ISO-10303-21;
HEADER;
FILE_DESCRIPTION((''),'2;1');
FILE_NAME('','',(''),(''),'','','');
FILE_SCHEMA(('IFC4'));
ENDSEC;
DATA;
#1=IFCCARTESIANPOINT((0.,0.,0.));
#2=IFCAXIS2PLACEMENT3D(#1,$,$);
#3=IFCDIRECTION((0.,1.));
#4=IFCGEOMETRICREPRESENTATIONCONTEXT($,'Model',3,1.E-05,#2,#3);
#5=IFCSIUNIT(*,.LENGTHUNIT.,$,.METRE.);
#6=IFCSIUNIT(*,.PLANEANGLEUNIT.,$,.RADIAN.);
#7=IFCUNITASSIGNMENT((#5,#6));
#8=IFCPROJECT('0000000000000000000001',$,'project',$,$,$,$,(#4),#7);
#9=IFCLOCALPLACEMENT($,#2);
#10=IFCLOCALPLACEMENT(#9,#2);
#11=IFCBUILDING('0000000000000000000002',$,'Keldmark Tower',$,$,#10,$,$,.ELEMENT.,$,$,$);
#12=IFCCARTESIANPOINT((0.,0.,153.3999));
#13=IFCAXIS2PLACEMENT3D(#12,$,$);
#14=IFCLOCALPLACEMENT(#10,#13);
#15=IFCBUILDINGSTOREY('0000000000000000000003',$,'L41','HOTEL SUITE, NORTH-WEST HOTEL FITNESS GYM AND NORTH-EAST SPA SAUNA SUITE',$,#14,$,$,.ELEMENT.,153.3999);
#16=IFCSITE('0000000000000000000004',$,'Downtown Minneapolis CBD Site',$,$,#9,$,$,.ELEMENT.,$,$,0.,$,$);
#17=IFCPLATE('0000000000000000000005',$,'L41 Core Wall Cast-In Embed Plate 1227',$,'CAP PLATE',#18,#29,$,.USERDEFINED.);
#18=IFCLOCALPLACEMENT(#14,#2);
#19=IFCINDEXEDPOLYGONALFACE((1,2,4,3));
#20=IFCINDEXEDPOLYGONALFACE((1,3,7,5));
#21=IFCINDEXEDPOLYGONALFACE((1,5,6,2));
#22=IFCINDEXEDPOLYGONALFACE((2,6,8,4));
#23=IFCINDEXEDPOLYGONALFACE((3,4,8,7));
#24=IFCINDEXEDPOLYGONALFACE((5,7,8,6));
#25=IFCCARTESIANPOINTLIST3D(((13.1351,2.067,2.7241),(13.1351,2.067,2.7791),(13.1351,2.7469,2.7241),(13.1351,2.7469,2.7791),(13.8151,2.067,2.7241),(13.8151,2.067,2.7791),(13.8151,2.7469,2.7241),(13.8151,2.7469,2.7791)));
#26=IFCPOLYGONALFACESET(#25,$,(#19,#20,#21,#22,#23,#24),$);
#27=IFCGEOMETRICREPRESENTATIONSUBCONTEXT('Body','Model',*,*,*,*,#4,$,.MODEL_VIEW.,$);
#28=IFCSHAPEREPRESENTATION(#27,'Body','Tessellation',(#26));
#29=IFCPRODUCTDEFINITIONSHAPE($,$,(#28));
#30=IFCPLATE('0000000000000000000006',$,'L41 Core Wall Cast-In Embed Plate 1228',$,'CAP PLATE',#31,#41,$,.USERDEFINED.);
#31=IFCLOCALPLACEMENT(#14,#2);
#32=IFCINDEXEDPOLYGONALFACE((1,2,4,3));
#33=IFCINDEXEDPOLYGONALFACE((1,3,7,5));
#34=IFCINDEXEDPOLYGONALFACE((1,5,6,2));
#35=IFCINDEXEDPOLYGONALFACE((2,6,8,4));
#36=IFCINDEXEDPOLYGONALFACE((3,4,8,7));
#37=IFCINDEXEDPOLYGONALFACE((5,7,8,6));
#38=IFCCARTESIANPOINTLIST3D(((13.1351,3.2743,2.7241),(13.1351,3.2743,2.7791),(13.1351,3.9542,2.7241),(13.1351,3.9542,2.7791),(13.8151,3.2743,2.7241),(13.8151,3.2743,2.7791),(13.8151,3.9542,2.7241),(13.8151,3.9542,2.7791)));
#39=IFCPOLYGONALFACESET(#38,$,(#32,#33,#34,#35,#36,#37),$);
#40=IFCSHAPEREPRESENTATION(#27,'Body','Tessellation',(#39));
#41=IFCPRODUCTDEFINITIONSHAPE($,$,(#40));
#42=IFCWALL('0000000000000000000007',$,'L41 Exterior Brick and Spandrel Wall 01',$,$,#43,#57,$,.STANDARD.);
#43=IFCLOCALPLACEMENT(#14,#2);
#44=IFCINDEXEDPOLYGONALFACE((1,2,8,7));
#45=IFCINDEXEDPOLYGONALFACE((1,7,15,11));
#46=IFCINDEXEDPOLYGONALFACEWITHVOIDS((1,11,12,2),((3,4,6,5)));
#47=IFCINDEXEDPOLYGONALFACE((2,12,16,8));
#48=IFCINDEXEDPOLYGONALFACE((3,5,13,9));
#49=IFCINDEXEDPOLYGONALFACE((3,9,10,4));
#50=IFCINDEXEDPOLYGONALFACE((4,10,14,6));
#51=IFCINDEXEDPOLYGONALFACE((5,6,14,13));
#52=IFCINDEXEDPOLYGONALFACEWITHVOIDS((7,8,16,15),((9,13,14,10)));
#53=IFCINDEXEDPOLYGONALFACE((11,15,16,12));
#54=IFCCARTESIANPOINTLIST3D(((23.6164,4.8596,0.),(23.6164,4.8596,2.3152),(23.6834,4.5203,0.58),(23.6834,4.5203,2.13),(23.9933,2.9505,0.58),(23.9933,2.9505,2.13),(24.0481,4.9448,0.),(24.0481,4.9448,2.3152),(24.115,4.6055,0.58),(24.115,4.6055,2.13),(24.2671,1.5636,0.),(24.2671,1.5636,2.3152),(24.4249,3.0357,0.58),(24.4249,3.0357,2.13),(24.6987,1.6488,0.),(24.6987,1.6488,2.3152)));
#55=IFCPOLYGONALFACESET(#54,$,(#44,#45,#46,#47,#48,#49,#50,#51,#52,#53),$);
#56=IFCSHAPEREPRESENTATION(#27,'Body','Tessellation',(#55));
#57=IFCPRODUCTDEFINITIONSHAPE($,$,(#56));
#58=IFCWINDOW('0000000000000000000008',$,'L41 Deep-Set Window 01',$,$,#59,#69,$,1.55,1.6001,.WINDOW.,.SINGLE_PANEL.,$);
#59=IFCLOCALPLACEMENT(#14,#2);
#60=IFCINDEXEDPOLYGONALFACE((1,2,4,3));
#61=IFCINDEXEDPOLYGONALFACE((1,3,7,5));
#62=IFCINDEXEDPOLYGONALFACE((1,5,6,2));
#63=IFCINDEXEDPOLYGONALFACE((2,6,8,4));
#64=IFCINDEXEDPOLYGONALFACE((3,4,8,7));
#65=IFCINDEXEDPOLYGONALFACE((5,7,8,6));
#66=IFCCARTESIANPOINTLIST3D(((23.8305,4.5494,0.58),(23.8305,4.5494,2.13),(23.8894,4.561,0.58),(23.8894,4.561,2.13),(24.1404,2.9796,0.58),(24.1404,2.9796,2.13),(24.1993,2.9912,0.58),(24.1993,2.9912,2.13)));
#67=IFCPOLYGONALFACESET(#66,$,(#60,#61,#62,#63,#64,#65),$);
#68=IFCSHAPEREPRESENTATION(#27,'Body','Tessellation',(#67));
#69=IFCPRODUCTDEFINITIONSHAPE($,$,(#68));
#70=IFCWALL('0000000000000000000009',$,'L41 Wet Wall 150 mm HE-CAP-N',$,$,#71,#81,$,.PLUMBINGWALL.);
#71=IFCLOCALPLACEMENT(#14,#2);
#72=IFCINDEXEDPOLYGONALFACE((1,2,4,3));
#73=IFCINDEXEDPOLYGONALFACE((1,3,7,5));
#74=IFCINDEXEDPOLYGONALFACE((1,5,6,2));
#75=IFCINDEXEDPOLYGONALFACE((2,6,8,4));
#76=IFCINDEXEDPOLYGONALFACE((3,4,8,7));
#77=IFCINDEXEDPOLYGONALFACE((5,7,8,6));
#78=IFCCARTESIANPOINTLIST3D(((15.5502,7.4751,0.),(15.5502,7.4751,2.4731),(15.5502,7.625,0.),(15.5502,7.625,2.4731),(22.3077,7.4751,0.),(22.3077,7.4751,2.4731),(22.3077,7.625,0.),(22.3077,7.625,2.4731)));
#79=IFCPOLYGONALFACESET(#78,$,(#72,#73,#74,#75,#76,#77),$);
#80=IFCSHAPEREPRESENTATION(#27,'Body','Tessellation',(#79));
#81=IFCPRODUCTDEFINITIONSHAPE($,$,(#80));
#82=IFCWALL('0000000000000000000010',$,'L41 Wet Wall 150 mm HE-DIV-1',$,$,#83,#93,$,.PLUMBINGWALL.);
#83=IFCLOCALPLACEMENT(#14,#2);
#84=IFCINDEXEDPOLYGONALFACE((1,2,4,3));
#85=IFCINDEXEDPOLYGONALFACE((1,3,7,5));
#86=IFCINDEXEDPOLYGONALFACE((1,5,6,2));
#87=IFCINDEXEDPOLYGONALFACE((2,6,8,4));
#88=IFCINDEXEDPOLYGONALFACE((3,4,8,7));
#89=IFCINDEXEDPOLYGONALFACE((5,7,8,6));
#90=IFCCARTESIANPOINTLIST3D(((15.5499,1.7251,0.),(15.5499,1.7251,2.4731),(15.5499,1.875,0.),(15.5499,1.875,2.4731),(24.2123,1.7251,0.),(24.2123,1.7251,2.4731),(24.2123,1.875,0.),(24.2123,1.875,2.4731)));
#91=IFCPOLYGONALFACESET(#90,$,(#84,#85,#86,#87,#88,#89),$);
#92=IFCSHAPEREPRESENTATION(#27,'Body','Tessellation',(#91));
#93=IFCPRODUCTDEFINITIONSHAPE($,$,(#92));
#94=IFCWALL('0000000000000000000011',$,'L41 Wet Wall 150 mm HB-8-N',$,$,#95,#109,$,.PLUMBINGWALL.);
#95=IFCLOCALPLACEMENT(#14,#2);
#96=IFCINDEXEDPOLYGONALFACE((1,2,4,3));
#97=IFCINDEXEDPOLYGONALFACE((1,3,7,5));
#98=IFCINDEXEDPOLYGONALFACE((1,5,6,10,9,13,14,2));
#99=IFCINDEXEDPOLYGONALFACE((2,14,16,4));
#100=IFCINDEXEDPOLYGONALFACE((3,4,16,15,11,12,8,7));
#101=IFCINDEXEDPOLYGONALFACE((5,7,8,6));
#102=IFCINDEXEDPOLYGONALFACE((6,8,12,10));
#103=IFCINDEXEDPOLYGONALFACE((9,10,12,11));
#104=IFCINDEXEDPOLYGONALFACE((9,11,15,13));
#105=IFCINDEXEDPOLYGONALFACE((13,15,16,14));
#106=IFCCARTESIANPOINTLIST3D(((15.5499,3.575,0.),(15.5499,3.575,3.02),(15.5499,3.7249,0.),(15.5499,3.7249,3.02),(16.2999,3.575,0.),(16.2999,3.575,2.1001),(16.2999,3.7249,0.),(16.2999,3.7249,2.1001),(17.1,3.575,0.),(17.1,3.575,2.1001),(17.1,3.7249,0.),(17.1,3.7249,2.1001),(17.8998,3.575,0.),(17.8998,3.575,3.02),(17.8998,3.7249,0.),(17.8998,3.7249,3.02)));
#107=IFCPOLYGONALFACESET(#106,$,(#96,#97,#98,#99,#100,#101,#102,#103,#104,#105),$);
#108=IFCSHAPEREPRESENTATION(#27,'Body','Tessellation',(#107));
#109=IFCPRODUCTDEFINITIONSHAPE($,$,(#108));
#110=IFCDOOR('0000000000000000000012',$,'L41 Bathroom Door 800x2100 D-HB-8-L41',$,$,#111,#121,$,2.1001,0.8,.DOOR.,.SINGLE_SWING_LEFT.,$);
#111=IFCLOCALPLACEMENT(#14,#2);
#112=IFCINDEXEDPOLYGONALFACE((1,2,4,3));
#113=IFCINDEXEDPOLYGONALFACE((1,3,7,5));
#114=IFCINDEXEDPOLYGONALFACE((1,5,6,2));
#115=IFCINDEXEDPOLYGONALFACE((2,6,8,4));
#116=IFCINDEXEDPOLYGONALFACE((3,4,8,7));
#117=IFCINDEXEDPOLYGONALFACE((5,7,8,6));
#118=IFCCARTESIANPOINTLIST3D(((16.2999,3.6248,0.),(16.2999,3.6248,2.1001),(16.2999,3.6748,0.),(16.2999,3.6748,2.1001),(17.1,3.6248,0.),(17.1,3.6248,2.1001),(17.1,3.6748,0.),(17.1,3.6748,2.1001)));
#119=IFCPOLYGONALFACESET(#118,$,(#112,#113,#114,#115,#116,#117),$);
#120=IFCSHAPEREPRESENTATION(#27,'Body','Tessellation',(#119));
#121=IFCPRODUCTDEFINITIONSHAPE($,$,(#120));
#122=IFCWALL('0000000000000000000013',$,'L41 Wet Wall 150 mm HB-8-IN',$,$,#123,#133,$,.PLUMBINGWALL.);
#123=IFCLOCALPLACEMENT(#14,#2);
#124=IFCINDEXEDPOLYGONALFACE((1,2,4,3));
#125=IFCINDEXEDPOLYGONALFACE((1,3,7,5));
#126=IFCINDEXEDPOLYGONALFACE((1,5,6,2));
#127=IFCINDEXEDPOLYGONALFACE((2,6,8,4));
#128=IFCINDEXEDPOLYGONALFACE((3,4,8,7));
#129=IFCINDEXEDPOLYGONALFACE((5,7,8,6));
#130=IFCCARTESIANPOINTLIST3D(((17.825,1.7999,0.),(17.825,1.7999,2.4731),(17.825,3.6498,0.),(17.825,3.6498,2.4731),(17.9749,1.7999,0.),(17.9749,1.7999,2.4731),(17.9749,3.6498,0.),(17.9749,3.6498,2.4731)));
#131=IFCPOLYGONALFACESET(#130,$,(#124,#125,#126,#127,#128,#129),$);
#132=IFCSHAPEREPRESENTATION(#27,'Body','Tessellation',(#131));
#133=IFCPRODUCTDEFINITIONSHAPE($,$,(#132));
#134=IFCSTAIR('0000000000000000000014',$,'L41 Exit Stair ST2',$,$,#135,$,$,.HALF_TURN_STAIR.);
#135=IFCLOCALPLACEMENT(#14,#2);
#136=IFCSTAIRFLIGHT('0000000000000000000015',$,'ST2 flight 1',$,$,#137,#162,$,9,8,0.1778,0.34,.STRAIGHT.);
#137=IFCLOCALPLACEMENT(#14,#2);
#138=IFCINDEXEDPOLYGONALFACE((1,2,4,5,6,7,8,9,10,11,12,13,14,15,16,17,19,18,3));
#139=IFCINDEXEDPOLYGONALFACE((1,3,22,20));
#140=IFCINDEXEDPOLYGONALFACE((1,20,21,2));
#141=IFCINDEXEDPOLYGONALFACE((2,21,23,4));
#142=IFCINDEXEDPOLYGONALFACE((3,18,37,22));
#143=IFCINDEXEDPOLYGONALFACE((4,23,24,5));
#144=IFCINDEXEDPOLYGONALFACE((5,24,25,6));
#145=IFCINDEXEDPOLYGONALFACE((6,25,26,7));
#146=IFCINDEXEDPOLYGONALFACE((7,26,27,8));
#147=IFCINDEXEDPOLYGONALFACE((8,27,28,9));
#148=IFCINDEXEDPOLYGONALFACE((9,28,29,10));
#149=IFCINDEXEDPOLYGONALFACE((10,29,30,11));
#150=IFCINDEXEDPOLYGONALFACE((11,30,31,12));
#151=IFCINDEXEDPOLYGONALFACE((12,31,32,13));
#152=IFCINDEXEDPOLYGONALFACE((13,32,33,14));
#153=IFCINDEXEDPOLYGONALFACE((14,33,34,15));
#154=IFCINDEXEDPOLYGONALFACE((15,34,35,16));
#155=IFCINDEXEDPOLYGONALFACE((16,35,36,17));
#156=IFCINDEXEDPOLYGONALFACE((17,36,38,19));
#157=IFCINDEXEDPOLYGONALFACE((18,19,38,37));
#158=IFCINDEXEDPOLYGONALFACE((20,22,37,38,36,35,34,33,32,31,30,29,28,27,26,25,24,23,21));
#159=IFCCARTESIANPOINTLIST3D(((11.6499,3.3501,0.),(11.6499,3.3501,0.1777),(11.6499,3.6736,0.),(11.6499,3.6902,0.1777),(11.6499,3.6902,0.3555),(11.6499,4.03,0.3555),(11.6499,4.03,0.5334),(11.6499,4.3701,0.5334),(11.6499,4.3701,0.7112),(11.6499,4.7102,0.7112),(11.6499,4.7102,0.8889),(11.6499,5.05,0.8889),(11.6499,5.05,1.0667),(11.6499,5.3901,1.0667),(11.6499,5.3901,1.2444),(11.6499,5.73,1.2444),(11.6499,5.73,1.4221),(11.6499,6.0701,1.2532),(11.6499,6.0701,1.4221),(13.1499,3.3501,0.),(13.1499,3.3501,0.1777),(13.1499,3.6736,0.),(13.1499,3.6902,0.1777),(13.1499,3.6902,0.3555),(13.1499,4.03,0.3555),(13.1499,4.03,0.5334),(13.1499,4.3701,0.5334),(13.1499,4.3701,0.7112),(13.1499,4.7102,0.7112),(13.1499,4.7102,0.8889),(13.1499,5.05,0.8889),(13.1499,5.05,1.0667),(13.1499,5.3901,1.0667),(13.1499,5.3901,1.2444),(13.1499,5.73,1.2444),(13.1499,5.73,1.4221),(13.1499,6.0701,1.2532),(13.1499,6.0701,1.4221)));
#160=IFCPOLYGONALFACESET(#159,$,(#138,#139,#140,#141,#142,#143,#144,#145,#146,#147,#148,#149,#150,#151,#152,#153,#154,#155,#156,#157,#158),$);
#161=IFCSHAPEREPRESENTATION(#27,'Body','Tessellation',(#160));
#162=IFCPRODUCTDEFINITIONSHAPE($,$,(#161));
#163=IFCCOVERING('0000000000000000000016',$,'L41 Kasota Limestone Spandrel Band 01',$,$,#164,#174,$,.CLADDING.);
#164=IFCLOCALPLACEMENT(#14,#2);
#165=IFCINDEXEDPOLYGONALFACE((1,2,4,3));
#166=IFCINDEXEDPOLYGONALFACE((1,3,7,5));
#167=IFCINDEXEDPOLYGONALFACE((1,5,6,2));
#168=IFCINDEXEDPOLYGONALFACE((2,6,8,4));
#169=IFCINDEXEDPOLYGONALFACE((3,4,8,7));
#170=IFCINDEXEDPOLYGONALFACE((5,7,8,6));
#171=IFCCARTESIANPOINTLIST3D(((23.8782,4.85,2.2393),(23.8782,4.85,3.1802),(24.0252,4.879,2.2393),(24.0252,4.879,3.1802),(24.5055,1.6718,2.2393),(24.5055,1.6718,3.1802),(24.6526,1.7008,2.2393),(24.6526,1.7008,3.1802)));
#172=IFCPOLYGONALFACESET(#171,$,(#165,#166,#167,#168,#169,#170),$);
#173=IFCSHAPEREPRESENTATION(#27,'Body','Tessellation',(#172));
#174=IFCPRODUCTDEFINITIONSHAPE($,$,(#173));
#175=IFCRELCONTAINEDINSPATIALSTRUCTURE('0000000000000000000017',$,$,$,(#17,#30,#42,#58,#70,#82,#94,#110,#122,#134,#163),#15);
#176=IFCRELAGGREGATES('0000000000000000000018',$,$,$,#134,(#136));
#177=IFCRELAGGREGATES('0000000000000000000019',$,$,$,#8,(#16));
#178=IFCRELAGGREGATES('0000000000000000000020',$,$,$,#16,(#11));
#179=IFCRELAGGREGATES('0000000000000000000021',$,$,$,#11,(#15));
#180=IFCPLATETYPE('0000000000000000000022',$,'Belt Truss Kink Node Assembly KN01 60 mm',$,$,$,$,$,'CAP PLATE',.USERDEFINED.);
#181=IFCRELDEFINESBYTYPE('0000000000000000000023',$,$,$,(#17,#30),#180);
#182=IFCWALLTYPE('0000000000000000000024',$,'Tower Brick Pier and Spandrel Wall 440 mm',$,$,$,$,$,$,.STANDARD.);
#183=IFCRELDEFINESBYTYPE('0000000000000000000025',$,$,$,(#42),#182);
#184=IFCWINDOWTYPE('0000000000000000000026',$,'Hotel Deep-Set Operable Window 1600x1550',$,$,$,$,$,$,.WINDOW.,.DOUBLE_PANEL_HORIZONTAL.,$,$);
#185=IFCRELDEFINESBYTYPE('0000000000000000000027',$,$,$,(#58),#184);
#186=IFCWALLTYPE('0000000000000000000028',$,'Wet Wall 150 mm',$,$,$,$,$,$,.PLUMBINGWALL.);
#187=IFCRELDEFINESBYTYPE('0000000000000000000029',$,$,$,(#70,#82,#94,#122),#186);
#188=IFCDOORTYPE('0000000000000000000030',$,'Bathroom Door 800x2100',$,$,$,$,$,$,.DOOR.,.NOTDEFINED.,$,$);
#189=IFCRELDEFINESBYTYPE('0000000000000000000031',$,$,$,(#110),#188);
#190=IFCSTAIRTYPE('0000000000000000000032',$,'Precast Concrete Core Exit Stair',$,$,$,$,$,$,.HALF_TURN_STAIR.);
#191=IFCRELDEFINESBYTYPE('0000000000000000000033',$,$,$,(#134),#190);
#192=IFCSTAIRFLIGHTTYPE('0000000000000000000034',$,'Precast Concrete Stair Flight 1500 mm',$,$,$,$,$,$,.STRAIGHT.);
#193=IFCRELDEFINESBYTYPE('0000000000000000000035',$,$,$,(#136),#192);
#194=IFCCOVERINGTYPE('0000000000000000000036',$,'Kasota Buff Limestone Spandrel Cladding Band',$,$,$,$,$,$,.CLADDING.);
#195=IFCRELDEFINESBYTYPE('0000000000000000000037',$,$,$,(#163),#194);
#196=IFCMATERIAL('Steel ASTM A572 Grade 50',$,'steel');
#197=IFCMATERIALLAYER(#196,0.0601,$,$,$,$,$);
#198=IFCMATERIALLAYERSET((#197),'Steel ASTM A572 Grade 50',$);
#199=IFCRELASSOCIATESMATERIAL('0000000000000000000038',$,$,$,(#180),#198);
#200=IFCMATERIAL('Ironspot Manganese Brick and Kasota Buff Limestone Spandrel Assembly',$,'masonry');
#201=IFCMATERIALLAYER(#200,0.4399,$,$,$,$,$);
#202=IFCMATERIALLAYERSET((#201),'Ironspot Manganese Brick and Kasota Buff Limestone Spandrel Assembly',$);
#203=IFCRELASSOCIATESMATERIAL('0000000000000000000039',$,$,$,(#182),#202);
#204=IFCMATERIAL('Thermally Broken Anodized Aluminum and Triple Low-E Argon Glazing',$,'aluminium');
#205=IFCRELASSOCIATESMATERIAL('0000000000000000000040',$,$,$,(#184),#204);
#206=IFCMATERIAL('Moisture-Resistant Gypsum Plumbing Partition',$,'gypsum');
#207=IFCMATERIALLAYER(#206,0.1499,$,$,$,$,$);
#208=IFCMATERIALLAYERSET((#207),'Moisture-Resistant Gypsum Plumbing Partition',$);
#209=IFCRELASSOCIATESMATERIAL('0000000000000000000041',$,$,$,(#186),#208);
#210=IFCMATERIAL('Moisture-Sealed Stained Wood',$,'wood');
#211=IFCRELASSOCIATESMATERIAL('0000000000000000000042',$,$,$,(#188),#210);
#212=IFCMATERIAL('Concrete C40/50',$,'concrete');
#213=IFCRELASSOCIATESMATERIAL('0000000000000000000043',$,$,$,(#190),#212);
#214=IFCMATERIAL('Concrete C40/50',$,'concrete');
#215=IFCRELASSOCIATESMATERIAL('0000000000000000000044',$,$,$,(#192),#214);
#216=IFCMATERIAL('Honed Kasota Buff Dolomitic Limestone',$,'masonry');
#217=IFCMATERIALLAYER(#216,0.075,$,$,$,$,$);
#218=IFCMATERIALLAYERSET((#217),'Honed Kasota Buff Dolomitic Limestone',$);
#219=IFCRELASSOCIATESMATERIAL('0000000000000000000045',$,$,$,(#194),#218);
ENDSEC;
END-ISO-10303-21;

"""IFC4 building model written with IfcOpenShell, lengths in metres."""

from ifc_helpers import new_model, si_unit, direction, frame, frame_2d, origin, origin_2d, place, context, subcontext, project, spatial, polyline, rectangle, outline, extrude, material, layer, layer_set, type_object, element, fill, aggregate, save


model = new_model("IFC4")

# Units and contexts
model_context = context("Model", 3, precision=1e-05, world=origin(), true_north=direction((0.0, 1.0)))
body_context = subcontext(model_context, "Body", "Model", "MODEL_VIEW")
ifc_project = project(units=[si_unit("LENGTHUNIT", "METRE"), si_unit("PLANEANGLEUNIT", "RADIAN")], contexts=[model_context])

# Site, building, storey
site_placement = place(None, origin())
site = spatial("IfcSite", under=ifc_project, at=site_placement, Name="Downtown Minneapolis CBD Site", CompositionType="ELEMENT", RefElevation=0.0)
building_placement = place(site_placement, origin())
building = spatial("IfcBuilding", under=site, at=building_placement, Name="Keldmark Tower", CompositionType="ELEMENT")
storey_placement = place(building_placement, frame((0.0, 0.0, 153.3999)))
storey = spatial("IfcBuildingStorey", under=building, at=storey_placement, Name="L41", Description="HOTEL SUITE, NORTH-WEST HOTEL FITNESS GYM AND NORTH-EAST SPA SAUNA SUITE", CompositionType="ELEMENT", Elevation=153.3999)

# Plates
ifc_material_1 = material(Name="Steel ASTM A572 Grade 50", Category="steel")
ifc_layer_1 = layer(ifc_material_1, 0.0601)
ifc_layer_set_1 = layer_set([ifc_layer_1], Name="Steel ASTM A572 Grade 50")
plate_type = type_object("IfcPlateType", Name="Belt Truss Kink Node Assembly KN01 60 mm", ElementType="CAP PLATE", PredefinedType="USERDEFINED", material=ifc_layer_set_1)
for number, where, z_axis, x_axis, name in (
    (1, (13.4751, 2.407, 2.7241), (0.0, 0.0, 1.0), (1.0, 0.0, 0.0), "L41 Core Wall Cast-In Embed Plate 1227"),
    (2, (13.4751, 3.6143, 2.7241), (0.0, 0.0, 1.0), (1.0, 0.0, 0.0), "L41 Core Wall Cast-In Embed Plate 1228"),
):
    element("IfcPlate", number, at=place(storey_placement, frame(where, z_axis=z_axis, x_axis=x_axis)), inside=storey, type_object=plate_type, Name=name, ObjectType="CAP PLATE", PredefinedType="USERDEFINED", context=body_context, shape_type="SweptSolid", body=[
        extrude(rectangle(XDim=0.6799, YDim=0.6799, at=origin_2d()), origin(), (0.0, 0.0, 1.0), 0.0549),
    ])

# Wall, opening, window
ifc_material_2 = material(Name="Ironspot Manganese Brick and Kasota Buff Limestone Spandrel Assembly", Category="masonry")
ifc_layer_2 = layer(ifc_material_2, 0.4399)
ifc_layer_set_2 = layer_set([ifc_layer_2], Name="Ironspot Manganese Brick and Kasota Buff Limestone Spandrel Assembly")
wall_type_1 = type_object("IfcWallType", Name="Tower Brick Pier and Spandrel Wall 440 mm", PredefinedType="STANDARD", material=ifc_layer_set_2)
wall_1_placement = place(storey_placement, frame((23.8323, 4.9021, 0.0), z_axis=(0.0, 0.0, 1.0), x_axis=(0.19367, -0.981067, 0.0)))
wall_1 = element("IfcWall", 3, at=wall_1_placement, inside=storey, type_object=wall_type_1, Name="L41 Exterior Brick and Spandrel Wall 01", PredefinedType="STANDARD", context=body_context, shape_type="SweptSolid", body=[
    extrude(rectangle(XDim=3.3596, YDim=0.4399, at=frame_2d((1.6797, 0.0))), origin(), (0.0, 0.0, 1.0), 2.3152),
])
opening_1_placement = place(wall_1_placement, frame((0.3457, 0.0, 0.5801)))
opening_1 = element("IfcOpeningElement", 4, at=opening_1_placement, cuts=wall_1, PredefinedType="OPENING", context=body_context, shape_type="SweptSolid", body=[
    extrude(rectangle(XDim=1.6001, YDim=1.55, at=frame_2d((0.8, 0.7749))), frame((0.0, 0.23, 0.0), z_axis=(0.0, -1.0, 0.0), x_axis=(1.0, 0.0, 0.0)), (0.0, 0.0, 1.0), 0.46),
])
ifc_material_3 = material(Name="Thermally Broken Anodized Aluminum and Triple Low-E Argon Glazing", Category="aluminium")
window_type = type_object("IfcWindowType", Name="Hotel Deep-Set Operable Window 1600x1550", PartitioningType="DOUBLE_PANEL_HORIZONTAL", PredefinedType="WINDOW", material=ifc_material_3)
window_placement = place(opening_1_placement, origin())
window = element("IfcWindow", 5, at=window_placement, inside=storey, type_object=window_type, Name="L41 Deep-Set Window 01", OverallHeight=1.55, OverallWidth=1.6001, PartitioningType="SINGLE_PANEL", PredefinedType="WINDOW", context=body_context, shape_type="SweptSolid", body=[
    extrude(rectangle(XDim=1.6001, YDim=1.55, at=frame_2d((0.8, 0.7749))), frame((0.0, -0.01, 0.0), z_axis=(0.0, -1.0, 0.0), x_axis=(1.0, 0.0, 0.0)), (0.0, 0.0, 1.0), 0.0601),
])
fill(opening_1, window)

# Walls
ifc_material_4 = material(Name="Moisture-Resistant Gypsum Plumbing Partition", Category="gypsum")
ifc_layer_3 = layer(ifc_material_4, 0.1499)
ifc_layer_set_3 = layer_set([ifc_layer_3], Name="Moisture-Resistant Gypsum Plumbing Partition")
wall_type_2 = type_object("IfcWallType", Name="Wet Wall 150 mm", PredefinedType="PLUMBINGWALL", material=ifc_layer_set_3)
wall_2_placement = place(storey_placement, frame((15.55, 7.55, 0.0), z_axis=(0.0, 0.0, 1.0), x_axis=(1.0, 0.0, 0.0)))
element("IfcWall", 6, at=wall_2_placement, inside=storey, type_object=wall_type_2, Name="L41 Wet Wall 150 mm HE-CAP-N", PredefinedType="PLUMBINGWALL", context=body_context, shape_type="SweptSolid", body=[
    extrude(rectangle(XDim=6.7576, YDim=0.1499, at=frame_2d((3.3789, 0.0))), origin(), (0.0, 0.0, 1.0), 2.4731),
])
wall_3_placement = place(storey_placement, frame((15.55, 1.8, 0.0), z_axis=(0.0, 0.0, 1.0), x_axis=(1.0, 0.0, 0.0)))
element("IfcWall", 7, at=wall_3_placement, inside=storey, type_object=wall_type_2, Name="L41 Wet Wall 150 mm HE-DIV-1", PredefinedType="PLUMBINGWALL", context=body_context, shape_type="SweptSolid", body=[
    extrude(rectangle(XDim=8.6624, YDim=0.1499, at=frame_2d((4.3311, 0.0))), origin(), (0.0, 0.0, 1.0), 2.4731),
])

# Wall, opening, door
wall_4_placement = place(storey_placement, frame((15.55, 3.6499, 0.0), z_axis=(0.0, 0.0, 1.0), x_axis=(1.0, 0.0, 0.0)))
wall_4 = element("IfcWall", 8, at=wall_4_placement, inside=storey, type_object=wall_type_2, Name="L41 Wet Wall 150 mm HB-8-N", PredefinedType="PLUMBINGWALL", context=body_context, shape_type="SweptSolid", body=[
    extrude(rectangle(XDim=2.3499, YDim=0.1499, at=frame_2d((1.1748, 0.0))), origin(), (0.0, 0.0, 1.0), 3.02),
])
opening_2_placement = place(wall_4_placement, frame((0.75, 0.0, 0.0)))
opening_2 = element("IfcOpeningElement", 9, at=opening_2_placement, cuts=wall_4, PredefinedType="OPENING", context=body_context, shape_type="SweptSolid", body=[
    extrude(rectangle(XDim=0.8, YDim=2.1001, at=frame_2d((0.3999, 1.05))), frame((0.0, 0.085, 0.0), z_axis=(0.0, -1.0, 0.0), x_axis=(1.0, 0.0, 0.0)), (0.0, 0.0, 1.0), 0.1699),
])
ifc_material_5 = material(Name="Moisture-Sealed Stained Wood", Category="wood")
door_type_1 = type_object("IfcDoorType", Name="Bathroom Door 800x2100", OperationType="NOTDEFINED", PredefinedType="DOOR", material=ifc_material_5)
door_1_placement = place(opening_2_placement, origin())
door_1 = element("IfcDoor", 10, at=door_1_placement, inside=storey, type_object=door_type_1, Name="L41 Bathroom Door 800x2100 D-HB-8-L41", OperationType="SINGLE_SWING_LEFT", OverallHeight=2.1001, OverallWidth=0.8, PredefinedType="DOOR", context=body_context, shape_type="SweptSolid", body=[
    extrude(rectangle(XDim=0.8, YDim=2.1001, at=frame_2d((0.3999, 1.05))), frame((0.0, 0.0249, 0.0), z_axis=(0.0, -1.0, 0.0), x_axis=(1.0, 0.0, 0.0)), (0.0, 0.0, 1.0), 0.05),
])
fill(opening_2, door_1)

# Wall
wall_5_placement = place(storey_placement, frame((17.8999, 1.8, 0.0), z_axis=(0.0, 0.0, 1.0), x_axis=(0.0, 1.0, 0.0)))
element("IfcWall", 11, at=wall_5_placement, inside=storey, type_object=wall_type_2, Name="L41 Wet Wall 150 mm HB-8-IN", PredefinedType="PLUMBINGWALL", context=body_context, shape_type="SweptSolid", body=[
    extrude(rectangle(XDim=1.8499, YDim=0.1499, at=frame_2d((0.9248, 0.0))), origin(), (0.0, 0.0, 1.0), 2.4731),
])

# Stair, stair flight
ifc_material_6 = material(Name="Concrete C40/50", Category="concrete")
stair_type = type_object("IfcStairType", Name="Precast Concrete Core Exit Stair", PredefinedType="HALF_TURN_STAIR", material=ifc_material_6)
stair_placement = place(storey_placement, origin())
stair = element("IfcStair", 12, at=stair_placement, inside=storey, type_object=stair_type, Name="L41 Exit Stair ST2", PredefinedType="HALF_TURN_STAIR")
ifc_material_7 = material(Name="Concrete C40/50", Category="concrete")
stair_flight_type = type_object("IfcStairFlightType", Name="Precast Concrete Stair Flight 1500 mm", PredefinedType="STRAIGHT", material=ifc_material_7)
stair_flight_placement = place(storey_placement, frame((12.3999, 3.3501, 0.0), z_axis=(0.0, 0.0, 1.0), x_axis=(0.0, 1.0, 0.0)))
stair_flight = element("IfcStairFlight", 13, at=stair_flight_placement, type_object=stair_flight_type, Name="ST2 flight 1", NumberOfRisers=9, NumberOfTreads=8, PredefinedType="STRAIGHT", RiserHeight=0.1778, TreadLength=0.34, context=body_context, shape_type="SweptSolid", body=[
    extrude(outline(polyline([(0.0, 0.0), (0.0, 0.1777), (0.3401, 0.1777), (0.3401, 0.3555), (0.6799, 0.3555), (0.6799, 0.5334), (1.02, 0.5334), (1.02, 0.7112), (1.3601, 0.7112), (1.3601, 0.8889), (1.7, 0.8889), (1.7, 1.0667), (2.04, 1.0667), (2.04, 1.2444), (2.3799, 1.2444), (2.3799, 1.4221), (2.72, 1.4221), (2.72, 1.6001), (2.72, 1.2532), (0.3235, 0.0), (0.0, 0.0)])), frame((0.0, 0.75, 0.0), z_axis=(0.0, -1.0, 0.0), x_axis=(1.0, 0.0, 0.0)), (0.0, 0.0, 1.0), 1.5),
])
aggregate(stair, [stair_flight])

# Covering
ifc_material_8 = material(Name="Honed Kasota Buff Dolomitic Limestone", Category="masonry")
ifc_layer_4 = layer(ifc_material_8, 0.075)
ifc_layer_set_4 = layer_set([ifc_layer_4], Name="Honed Kasota Buff Dolomitic Limestone")
covering_type = type_object("IfcCoveringType", Name="Kasota Buff Limestone Spandrel Cladding Band", PredefinedType="CLADDING", material=ifc_layer_set_4)
covering_placement = place(storey_placement, frame((24.2654, 3.2754, 2.2393), z_axis=(0.0, 0.0, 1.0), x_axis=(-0.193652, 0.98107, 0.0)))
element("IfcCovering", 14, at=covering_placement, inside=storey, type_object=covering_type, Name="L41 Kasota Limestone Spandrel Band 01", PredefinedType="CLADDING", context=body_context, shape_type="SweptSolid", body=[
    extrude(rectangle(XDim=3.2395, YDim=0.1499, at=origin_2d()), origin(), (0.0, 0.0, 1.0), 0.9409),
])

save(model, "model.ifc")
